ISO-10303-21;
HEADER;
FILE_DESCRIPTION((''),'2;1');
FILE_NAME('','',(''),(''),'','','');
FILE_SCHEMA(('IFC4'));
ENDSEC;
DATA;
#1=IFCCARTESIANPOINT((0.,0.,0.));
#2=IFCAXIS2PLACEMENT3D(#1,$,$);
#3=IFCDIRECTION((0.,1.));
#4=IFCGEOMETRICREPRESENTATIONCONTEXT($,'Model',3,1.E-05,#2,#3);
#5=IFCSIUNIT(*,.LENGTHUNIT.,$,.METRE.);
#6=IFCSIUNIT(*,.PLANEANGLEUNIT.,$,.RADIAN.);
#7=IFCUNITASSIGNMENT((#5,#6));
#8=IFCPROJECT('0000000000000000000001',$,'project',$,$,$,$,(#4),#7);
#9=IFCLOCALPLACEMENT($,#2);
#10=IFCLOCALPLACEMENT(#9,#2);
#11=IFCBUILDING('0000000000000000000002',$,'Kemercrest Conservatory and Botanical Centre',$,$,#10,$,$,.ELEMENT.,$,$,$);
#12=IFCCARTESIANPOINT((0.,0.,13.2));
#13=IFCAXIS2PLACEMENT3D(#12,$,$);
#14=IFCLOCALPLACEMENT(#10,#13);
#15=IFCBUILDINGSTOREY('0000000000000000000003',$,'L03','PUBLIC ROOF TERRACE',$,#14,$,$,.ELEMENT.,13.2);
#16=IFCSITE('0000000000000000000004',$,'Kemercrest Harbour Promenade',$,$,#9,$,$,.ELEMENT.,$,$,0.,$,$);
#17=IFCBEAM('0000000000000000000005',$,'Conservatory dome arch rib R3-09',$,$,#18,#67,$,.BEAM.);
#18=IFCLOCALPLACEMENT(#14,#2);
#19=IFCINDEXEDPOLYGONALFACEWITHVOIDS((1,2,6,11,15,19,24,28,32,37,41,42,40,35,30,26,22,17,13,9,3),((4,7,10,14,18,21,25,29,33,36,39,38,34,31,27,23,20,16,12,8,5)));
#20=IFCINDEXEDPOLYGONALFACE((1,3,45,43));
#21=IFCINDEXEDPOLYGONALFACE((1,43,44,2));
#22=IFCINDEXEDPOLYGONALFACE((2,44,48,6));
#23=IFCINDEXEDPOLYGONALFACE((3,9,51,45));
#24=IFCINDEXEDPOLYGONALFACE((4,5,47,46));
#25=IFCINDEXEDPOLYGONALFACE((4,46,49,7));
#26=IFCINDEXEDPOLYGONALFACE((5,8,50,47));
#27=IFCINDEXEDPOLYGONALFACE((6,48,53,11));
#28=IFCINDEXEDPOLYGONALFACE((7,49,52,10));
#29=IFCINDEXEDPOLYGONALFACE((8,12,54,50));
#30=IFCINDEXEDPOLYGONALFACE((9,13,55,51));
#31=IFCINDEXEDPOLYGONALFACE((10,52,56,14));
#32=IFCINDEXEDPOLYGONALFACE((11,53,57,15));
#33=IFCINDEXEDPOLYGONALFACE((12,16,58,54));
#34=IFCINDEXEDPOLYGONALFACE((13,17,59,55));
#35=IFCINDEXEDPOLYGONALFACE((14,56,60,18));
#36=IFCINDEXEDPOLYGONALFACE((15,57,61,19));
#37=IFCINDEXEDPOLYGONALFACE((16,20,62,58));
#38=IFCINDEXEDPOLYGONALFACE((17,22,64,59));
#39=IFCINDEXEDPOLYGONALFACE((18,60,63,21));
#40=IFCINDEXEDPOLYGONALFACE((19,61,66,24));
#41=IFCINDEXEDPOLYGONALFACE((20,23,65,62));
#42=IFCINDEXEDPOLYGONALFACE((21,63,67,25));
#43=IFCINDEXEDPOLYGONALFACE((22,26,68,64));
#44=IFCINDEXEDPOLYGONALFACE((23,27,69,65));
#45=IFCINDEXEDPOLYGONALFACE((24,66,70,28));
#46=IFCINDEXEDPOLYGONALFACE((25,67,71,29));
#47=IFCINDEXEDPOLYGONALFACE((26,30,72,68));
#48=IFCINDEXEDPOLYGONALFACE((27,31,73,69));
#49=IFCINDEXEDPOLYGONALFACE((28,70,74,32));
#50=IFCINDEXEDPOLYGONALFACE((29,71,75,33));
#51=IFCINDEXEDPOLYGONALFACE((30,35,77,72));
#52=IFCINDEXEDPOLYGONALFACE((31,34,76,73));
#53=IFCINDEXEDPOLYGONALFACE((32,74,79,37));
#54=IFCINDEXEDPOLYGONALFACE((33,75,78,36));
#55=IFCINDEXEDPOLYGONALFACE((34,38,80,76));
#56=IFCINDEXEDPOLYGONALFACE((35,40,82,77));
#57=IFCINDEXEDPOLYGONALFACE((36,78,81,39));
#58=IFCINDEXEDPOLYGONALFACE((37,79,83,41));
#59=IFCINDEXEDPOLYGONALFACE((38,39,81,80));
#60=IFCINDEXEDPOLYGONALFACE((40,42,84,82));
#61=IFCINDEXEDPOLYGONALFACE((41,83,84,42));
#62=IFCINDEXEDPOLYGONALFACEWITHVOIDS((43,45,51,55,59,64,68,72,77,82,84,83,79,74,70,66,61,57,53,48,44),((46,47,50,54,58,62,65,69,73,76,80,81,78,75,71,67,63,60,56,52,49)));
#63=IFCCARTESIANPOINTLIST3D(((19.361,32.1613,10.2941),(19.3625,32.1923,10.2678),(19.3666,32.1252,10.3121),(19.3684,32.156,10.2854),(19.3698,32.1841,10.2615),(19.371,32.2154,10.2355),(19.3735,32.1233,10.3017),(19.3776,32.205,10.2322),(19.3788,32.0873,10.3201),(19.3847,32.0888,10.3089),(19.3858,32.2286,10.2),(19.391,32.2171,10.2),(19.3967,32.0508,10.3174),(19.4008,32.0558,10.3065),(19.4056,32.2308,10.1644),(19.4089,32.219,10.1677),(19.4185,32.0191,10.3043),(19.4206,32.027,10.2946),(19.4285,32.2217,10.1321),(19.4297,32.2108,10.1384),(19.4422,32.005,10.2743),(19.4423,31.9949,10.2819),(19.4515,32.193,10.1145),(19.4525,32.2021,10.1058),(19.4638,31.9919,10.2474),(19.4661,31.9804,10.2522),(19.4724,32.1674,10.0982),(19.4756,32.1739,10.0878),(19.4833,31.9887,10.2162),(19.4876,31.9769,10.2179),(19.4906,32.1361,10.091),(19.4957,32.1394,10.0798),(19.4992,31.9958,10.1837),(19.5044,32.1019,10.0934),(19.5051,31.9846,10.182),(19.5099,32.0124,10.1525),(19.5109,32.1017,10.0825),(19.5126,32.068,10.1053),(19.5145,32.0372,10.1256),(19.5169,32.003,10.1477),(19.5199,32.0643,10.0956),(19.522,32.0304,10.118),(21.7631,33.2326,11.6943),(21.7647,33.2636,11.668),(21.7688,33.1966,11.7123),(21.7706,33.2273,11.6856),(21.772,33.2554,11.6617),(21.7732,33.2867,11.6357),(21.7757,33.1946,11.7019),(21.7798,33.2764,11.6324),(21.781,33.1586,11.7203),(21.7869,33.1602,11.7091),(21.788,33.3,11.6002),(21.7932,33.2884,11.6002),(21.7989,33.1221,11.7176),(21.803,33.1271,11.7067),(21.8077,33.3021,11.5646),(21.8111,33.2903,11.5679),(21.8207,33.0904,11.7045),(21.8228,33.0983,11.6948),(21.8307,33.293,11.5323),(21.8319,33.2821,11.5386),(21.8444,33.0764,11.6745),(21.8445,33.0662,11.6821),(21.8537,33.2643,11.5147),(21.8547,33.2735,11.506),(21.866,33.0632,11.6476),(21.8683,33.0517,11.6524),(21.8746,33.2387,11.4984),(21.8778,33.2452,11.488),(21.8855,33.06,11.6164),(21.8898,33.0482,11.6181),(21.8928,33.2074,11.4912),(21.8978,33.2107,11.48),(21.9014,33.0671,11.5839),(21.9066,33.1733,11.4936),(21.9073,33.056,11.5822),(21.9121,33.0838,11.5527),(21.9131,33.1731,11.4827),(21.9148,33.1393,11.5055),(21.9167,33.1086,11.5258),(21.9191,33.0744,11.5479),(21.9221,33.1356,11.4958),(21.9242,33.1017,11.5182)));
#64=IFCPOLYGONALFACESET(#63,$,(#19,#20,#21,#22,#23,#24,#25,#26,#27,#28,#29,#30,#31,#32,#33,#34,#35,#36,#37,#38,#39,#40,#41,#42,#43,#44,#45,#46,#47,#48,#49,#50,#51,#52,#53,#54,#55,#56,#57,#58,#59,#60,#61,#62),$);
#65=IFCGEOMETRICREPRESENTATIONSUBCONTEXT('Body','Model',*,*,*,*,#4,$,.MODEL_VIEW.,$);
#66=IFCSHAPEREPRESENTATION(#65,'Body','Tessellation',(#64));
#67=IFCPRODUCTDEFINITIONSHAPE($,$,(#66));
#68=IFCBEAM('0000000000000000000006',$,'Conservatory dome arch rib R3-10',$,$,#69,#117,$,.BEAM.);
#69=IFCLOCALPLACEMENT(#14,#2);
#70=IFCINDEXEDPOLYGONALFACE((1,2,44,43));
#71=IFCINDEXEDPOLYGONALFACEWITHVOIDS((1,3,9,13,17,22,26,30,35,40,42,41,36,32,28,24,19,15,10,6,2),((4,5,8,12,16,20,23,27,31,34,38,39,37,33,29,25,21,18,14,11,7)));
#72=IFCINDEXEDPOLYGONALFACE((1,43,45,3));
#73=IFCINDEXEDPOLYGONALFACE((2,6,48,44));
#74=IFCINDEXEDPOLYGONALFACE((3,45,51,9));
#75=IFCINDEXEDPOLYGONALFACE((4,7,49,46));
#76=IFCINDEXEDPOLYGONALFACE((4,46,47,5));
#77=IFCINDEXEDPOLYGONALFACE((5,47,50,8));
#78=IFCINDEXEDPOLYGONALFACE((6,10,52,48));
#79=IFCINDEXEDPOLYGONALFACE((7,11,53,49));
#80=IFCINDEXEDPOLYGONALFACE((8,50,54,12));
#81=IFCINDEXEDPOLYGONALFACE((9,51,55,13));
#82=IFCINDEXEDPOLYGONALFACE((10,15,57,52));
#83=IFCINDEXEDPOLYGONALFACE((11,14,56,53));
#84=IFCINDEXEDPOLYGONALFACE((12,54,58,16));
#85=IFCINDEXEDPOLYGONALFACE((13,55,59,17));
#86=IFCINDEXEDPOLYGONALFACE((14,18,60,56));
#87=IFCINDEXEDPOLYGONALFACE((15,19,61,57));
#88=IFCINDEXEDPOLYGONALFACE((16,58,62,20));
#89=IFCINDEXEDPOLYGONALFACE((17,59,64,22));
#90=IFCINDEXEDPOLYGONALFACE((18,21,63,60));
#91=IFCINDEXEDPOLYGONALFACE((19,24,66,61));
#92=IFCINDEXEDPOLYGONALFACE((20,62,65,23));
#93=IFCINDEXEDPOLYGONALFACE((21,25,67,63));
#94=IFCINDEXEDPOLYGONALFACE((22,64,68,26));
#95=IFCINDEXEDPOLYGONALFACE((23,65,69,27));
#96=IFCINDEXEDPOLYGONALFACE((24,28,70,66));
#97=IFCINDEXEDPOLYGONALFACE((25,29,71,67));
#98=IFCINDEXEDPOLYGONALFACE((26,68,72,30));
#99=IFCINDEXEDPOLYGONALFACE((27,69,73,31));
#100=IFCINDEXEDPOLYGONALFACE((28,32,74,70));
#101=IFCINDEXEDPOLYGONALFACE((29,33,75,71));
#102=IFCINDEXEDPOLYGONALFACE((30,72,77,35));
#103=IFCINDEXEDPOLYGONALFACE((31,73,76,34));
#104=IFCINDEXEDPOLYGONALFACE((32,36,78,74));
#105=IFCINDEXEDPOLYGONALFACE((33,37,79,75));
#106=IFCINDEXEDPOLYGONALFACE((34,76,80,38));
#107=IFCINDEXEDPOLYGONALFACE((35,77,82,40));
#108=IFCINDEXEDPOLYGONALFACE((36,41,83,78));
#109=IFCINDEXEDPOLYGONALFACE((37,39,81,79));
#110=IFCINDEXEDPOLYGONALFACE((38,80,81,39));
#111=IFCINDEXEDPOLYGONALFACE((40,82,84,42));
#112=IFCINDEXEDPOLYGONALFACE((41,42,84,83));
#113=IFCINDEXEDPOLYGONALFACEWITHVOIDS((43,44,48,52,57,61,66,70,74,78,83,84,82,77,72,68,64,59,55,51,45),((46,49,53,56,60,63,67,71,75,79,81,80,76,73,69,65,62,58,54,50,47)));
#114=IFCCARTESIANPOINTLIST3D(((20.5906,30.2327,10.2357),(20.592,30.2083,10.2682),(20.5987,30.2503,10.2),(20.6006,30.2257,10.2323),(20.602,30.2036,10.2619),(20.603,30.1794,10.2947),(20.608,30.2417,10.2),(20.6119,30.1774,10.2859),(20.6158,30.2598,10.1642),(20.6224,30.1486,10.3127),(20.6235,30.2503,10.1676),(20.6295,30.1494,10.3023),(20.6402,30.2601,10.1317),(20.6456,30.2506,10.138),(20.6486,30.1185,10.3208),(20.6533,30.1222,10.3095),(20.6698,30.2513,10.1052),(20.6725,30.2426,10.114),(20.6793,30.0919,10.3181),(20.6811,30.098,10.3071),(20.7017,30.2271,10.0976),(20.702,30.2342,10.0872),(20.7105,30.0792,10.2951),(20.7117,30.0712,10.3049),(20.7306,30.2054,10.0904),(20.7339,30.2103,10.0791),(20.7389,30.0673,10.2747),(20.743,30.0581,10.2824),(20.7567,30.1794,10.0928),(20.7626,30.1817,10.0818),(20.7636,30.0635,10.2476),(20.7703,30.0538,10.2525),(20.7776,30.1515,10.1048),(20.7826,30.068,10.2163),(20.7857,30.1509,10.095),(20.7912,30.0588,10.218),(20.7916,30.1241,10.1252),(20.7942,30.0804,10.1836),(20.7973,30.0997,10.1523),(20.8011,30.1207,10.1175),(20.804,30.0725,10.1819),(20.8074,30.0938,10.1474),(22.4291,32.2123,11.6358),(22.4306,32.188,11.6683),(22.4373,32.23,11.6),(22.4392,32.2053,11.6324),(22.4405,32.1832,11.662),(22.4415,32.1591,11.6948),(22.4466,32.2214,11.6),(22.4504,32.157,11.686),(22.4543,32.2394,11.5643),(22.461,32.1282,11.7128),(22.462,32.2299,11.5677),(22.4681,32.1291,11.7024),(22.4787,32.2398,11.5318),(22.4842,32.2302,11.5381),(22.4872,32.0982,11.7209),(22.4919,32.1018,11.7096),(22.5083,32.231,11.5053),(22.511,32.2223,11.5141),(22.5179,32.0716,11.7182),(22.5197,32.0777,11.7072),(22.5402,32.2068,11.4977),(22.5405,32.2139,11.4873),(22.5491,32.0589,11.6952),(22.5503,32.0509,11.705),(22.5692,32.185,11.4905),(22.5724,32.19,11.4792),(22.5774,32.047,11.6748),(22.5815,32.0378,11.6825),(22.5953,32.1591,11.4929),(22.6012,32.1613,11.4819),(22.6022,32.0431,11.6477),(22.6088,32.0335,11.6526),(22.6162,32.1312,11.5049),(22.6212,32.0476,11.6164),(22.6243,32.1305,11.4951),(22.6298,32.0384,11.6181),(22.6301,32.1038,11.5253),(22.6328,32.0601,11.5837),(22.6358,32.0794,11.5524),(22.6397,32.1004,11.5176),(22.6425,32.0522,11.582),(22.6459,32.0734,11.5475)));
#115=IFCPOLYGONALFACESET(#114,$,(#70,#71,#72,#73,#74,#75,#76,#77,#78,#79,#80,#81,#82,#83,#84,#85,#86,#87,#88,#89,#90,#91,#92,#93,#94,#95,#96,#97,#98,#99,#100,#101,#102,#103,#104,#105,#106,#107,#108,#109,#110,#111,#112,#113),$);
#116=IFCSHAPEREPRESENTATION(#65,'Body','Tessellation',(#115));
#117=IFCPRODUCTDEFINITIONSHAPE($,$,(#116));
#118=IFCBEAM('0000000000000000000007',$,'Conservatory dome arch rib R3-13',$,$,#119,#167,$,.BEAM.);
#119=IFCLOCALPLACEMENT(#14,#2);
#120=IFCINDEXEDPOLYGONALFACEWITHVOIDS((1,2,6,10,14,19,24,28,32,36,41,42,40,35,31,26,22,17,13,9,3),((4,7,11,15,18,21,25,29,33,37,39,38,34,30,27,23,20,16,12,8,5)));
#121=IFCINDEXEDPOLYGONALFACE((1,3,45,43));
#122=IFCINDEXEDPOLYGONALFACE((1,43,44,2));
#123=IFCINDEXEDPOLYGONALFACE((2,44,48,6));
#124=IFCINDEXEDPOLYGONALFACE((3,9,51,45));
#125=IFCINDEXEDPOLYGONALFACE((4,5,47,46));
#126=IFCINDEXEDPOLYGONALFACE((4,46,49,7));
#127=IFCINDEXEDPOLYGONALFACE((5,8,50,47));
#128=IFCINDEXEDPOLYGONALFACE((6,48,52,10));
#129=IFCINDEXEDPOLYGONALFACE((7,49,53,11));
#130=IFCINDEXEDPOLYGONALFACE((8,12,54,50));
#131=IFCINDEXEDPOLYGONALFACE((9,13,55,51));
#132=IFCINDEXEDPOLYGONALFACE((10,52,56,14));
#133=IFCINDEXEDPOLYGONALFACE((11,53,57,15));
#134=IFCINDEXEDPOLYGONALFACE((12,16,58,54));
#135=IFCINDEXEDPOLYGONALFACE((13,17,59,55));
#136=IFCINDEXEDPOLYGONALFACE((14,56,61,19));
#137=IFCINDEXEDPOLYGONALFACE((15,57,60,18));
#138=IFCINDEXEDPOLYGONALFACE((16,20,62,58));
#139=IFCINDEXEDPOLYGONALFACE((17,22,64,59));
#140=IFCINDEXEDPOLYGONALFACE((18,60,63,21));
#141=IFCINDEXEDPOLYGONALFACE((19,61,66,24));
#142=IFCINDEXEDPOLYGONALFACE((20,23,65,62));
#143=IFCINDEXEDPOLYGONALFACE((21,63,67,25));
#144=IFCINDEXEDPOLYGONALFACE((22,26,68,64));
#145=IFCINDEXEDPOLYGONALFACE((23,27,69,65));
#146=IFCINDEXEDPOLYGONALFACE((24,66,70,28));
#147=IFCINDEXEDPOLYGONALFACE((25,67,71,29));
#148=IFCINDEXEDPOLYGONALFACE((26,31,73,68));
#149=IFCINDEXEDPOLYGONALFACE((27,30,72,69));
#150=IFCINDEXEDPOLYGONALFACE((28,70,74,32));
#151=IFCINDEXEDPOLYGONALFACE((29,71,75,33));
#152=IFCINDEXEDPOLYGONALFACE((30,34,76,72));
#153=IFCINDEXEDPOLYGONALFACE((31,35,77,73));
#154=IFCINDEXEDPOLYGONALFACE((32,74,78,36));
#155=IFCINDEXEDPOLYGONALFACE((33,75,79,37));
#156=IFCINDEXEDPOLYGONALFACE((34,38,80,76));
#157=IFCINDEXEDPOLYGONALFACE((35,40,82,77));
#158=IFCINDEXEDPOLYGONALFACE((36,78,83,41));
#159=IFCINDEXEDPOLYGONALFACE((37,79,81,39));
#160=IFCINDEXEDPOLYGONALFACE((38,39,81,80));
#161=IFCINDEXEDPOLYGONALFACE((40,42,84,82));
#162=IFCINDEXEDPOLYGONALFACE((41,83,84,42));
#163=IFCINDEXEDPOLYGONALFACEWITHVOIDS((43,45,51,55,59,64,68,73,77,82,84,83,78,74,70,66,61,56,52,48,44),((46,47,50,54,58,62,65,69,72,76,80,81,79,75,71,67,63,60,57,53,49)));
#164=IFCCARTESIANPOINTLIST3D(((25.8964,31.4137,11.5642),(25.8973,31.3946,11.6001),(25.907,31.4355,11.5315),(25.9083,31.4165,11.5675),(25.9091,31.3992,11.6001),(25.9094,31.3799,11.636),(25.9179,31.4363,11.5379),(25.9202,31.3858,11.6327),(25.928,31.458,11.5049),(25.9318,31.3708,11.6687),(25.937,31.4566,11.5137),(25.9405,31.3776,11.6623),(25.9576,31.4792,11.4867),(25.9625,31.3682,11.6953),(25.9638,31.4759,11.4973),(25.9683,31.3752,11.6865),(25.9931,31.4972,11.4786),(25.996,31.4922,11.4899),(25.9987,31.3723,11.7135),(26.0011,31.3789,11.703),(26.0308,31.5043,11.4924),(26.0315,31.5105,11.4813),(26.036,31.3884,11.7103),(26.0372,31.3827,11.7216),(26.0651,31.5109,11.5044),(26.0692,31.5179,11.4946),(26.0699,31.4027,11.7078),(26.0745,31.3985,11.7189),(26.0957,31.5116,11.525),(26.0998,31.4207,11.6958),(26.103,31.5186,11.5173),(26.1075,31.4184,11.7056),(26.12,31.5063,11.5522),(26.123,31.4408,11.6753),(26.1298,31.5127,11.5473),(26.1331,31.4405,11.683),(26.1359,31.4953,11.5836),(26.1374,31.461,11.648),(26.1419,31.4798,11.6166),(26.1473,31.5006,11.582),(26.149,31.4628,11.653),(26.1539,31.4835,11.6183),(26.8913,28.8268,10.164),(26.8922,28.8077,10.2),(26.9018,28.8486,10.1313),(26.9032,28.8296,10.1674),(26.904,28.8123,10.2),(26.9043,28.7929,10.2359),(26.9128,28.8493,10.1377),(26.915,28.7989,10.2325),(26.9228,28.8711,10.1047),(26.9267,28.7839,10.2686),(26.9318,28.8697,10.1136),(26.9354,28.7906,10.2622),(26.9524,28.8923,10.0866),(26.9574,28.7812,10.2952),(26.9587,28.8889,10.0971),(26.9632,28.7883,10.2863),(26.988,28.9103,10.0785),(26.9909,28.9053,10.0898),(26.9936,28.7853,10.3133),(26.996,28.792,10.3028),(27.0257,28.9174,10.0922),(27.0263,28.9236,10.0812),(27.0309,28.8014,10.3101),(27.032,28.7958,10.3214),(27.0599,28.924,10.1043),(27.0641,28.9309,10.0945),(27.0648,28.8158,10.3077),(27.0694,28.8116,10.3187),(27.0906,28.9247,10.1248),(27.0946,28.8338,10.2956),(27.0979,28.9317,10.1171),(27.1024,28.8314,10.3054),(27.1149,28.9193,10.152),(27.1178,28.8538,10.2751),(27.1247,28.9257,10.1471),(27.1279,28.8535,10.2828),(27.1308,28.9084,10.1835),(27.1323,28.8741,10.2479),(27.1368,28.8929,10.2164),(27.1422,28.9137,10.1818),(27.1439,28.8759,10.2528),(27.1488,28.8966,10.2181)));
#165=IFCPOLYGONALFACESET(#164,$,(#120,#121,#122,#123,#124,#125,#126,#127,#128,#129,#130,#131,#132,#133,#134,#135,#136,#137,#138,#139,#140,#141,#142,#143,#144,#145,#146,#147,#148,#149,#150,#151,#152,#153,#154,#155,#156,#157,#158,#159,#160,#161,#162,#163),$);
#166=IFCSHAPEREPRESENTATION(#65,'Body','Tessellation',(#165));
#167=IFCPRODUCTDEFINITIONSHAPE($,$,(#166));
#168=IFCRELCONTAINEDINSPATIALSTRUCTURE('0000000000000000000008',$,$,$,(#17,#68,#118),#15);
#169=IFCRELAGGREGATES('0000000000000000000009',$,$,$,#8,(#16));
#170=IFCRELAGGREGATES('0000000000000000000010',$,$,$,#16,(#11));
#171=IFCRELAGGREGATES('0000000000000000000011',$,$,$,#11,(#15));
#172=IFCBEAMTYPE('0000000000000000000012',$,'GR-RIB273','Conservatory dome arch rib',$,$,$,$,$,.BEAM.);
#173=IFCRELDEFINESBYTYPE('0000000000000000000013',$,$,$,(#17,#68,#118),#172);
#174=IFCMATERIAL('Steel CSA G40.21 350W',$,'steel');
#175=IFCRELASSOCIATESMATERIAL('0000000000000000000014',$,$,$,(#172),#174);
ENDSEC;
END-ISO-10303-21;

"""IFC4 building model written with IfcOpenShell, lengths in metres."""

from ifc_helpers import new_model, si_unit, direction, frame, origin, origin_2d, place, context, subcontext, project, spatial, hollow_circle, extrude, material, material_profile, profile_set, type_object, element, save


model = new_model("IFC4")

# Units and contexts
model_context = context("Model", 3, precision=1e-05, world=origin(), true_north=direction((0.0, 1.0)))
body_context = subcontext(model_context, "Body", "Model", "MODEL_VIEW")
ifc_project = project(units=[si_unit("LENGTHUNIT", "METRE"), si_unit("PLANEANGLEUNIT", "RADIAN")], contexts=[model_context])

# Site, building, storey
site_placement = place(None, origin())
site = spatial("IfcSite", under=ifc_project, at=site_placement, Name="Kemercrest Harbour Promenade", CompositionType="ELEMENT", RefElevation=0.0)
building_placement = place(site_placement, origin())
building = spatial("IfcBuilding", under=site, at=building_placement, Name="Kemercrest Conservatory and Botanical Centre", CompositionType="ELEMENT")
storey_placement = place(building_placement, frame((0.0, 0.0, 13.2)))
storey = spatial("IfcBuildingStorey", under=building, at=storey_placement, Name="L03", Description="PUBLIC ROOF TERRACE", CompositionType="ELEMENT", Elevation=13.2)

# Beams
ifc_material_1 = material(Name="Steel CSA G40.21 350W", Category="steel")
ifc_material_profile_1 = material_profile(ifc_material_1, hollow_circle(Radius=0.1365, WallThickness=0.0127, at=origin_2d()), Name="CHS 273.1x12.7")
ifc_profile_set_1 = profile_set([ifc_material_profile_1], Name="Steel CSA G40.21 350W")
beam_type = type_object("IfcBeamType", Name="GR-RIB273", Description="Conservatory dome arch rib", PredefinedType="BEAM", material=ifc_profile_set_1)
beam_1_placement = place(storey_placement, frame((19.4414, 32.104, 10.2), z_axis=(0.806176, 0.359538, 0.469907), x_axis=(-0.407309, 0.91329, 0.0)))
element("IfcBeam", 1, at=beam_1_placement, inside=storey, type_object=beam_type, Name="Conservatory dome arch rib R3-09", PredefinedType="BEAM", context=body_context, shape_type="SweptSolid", body=[
    extrude(hollow_circle(Radius=0.1365, WallThickness=0.0127, at=origin_2d()), origin(), (0.0, 0.0, 1.0), 2.9797),
])
beam_2_placement = place(storey_placement, frame((20.6987, 30.1575, 10.2), z_axis=(0.604199, 0.650571, 0.460109), x_axis=(-0.732739, 0.68051, 0.0)))
element("IfcBeam", 2, at=beam_2_placement, inside=storey, type_object=beam_type, Name="Conservatory dome arch rib R3-10", PredefinedType="BEAM", context=body_context, shape_type="SweptSolid", body=[
    extrude(hollow_circle(Radius=0.1365, WallThickness=0.0127, at=origin_2d()), origin(), (0.0, 0.0, 1.0), 3.043),
])
beam_3_placement = place(storey_placement, frame((27.0195, 28.8567, 10.2), z_axis=(-0.320389, 0.833089, 0.450903), x_axis=(-0.933357, -0.35895, 0.0)))
element("IfcBeam", 3, at=beam_3_placement, inside=storey, type_object=beam_type, Name="Conservatory dome arch rib R3-13", PredefinedType="BEAM", context=body_context, shape_type="SweptSolid", body=[
    extrude(hollow_circle(Radius=0.1365, WallThickness=0.0127, at=origin_2d()), origin(), (0.0, 0.0, 1.0), 3.1052),
])

save(model, "model.ifc")
